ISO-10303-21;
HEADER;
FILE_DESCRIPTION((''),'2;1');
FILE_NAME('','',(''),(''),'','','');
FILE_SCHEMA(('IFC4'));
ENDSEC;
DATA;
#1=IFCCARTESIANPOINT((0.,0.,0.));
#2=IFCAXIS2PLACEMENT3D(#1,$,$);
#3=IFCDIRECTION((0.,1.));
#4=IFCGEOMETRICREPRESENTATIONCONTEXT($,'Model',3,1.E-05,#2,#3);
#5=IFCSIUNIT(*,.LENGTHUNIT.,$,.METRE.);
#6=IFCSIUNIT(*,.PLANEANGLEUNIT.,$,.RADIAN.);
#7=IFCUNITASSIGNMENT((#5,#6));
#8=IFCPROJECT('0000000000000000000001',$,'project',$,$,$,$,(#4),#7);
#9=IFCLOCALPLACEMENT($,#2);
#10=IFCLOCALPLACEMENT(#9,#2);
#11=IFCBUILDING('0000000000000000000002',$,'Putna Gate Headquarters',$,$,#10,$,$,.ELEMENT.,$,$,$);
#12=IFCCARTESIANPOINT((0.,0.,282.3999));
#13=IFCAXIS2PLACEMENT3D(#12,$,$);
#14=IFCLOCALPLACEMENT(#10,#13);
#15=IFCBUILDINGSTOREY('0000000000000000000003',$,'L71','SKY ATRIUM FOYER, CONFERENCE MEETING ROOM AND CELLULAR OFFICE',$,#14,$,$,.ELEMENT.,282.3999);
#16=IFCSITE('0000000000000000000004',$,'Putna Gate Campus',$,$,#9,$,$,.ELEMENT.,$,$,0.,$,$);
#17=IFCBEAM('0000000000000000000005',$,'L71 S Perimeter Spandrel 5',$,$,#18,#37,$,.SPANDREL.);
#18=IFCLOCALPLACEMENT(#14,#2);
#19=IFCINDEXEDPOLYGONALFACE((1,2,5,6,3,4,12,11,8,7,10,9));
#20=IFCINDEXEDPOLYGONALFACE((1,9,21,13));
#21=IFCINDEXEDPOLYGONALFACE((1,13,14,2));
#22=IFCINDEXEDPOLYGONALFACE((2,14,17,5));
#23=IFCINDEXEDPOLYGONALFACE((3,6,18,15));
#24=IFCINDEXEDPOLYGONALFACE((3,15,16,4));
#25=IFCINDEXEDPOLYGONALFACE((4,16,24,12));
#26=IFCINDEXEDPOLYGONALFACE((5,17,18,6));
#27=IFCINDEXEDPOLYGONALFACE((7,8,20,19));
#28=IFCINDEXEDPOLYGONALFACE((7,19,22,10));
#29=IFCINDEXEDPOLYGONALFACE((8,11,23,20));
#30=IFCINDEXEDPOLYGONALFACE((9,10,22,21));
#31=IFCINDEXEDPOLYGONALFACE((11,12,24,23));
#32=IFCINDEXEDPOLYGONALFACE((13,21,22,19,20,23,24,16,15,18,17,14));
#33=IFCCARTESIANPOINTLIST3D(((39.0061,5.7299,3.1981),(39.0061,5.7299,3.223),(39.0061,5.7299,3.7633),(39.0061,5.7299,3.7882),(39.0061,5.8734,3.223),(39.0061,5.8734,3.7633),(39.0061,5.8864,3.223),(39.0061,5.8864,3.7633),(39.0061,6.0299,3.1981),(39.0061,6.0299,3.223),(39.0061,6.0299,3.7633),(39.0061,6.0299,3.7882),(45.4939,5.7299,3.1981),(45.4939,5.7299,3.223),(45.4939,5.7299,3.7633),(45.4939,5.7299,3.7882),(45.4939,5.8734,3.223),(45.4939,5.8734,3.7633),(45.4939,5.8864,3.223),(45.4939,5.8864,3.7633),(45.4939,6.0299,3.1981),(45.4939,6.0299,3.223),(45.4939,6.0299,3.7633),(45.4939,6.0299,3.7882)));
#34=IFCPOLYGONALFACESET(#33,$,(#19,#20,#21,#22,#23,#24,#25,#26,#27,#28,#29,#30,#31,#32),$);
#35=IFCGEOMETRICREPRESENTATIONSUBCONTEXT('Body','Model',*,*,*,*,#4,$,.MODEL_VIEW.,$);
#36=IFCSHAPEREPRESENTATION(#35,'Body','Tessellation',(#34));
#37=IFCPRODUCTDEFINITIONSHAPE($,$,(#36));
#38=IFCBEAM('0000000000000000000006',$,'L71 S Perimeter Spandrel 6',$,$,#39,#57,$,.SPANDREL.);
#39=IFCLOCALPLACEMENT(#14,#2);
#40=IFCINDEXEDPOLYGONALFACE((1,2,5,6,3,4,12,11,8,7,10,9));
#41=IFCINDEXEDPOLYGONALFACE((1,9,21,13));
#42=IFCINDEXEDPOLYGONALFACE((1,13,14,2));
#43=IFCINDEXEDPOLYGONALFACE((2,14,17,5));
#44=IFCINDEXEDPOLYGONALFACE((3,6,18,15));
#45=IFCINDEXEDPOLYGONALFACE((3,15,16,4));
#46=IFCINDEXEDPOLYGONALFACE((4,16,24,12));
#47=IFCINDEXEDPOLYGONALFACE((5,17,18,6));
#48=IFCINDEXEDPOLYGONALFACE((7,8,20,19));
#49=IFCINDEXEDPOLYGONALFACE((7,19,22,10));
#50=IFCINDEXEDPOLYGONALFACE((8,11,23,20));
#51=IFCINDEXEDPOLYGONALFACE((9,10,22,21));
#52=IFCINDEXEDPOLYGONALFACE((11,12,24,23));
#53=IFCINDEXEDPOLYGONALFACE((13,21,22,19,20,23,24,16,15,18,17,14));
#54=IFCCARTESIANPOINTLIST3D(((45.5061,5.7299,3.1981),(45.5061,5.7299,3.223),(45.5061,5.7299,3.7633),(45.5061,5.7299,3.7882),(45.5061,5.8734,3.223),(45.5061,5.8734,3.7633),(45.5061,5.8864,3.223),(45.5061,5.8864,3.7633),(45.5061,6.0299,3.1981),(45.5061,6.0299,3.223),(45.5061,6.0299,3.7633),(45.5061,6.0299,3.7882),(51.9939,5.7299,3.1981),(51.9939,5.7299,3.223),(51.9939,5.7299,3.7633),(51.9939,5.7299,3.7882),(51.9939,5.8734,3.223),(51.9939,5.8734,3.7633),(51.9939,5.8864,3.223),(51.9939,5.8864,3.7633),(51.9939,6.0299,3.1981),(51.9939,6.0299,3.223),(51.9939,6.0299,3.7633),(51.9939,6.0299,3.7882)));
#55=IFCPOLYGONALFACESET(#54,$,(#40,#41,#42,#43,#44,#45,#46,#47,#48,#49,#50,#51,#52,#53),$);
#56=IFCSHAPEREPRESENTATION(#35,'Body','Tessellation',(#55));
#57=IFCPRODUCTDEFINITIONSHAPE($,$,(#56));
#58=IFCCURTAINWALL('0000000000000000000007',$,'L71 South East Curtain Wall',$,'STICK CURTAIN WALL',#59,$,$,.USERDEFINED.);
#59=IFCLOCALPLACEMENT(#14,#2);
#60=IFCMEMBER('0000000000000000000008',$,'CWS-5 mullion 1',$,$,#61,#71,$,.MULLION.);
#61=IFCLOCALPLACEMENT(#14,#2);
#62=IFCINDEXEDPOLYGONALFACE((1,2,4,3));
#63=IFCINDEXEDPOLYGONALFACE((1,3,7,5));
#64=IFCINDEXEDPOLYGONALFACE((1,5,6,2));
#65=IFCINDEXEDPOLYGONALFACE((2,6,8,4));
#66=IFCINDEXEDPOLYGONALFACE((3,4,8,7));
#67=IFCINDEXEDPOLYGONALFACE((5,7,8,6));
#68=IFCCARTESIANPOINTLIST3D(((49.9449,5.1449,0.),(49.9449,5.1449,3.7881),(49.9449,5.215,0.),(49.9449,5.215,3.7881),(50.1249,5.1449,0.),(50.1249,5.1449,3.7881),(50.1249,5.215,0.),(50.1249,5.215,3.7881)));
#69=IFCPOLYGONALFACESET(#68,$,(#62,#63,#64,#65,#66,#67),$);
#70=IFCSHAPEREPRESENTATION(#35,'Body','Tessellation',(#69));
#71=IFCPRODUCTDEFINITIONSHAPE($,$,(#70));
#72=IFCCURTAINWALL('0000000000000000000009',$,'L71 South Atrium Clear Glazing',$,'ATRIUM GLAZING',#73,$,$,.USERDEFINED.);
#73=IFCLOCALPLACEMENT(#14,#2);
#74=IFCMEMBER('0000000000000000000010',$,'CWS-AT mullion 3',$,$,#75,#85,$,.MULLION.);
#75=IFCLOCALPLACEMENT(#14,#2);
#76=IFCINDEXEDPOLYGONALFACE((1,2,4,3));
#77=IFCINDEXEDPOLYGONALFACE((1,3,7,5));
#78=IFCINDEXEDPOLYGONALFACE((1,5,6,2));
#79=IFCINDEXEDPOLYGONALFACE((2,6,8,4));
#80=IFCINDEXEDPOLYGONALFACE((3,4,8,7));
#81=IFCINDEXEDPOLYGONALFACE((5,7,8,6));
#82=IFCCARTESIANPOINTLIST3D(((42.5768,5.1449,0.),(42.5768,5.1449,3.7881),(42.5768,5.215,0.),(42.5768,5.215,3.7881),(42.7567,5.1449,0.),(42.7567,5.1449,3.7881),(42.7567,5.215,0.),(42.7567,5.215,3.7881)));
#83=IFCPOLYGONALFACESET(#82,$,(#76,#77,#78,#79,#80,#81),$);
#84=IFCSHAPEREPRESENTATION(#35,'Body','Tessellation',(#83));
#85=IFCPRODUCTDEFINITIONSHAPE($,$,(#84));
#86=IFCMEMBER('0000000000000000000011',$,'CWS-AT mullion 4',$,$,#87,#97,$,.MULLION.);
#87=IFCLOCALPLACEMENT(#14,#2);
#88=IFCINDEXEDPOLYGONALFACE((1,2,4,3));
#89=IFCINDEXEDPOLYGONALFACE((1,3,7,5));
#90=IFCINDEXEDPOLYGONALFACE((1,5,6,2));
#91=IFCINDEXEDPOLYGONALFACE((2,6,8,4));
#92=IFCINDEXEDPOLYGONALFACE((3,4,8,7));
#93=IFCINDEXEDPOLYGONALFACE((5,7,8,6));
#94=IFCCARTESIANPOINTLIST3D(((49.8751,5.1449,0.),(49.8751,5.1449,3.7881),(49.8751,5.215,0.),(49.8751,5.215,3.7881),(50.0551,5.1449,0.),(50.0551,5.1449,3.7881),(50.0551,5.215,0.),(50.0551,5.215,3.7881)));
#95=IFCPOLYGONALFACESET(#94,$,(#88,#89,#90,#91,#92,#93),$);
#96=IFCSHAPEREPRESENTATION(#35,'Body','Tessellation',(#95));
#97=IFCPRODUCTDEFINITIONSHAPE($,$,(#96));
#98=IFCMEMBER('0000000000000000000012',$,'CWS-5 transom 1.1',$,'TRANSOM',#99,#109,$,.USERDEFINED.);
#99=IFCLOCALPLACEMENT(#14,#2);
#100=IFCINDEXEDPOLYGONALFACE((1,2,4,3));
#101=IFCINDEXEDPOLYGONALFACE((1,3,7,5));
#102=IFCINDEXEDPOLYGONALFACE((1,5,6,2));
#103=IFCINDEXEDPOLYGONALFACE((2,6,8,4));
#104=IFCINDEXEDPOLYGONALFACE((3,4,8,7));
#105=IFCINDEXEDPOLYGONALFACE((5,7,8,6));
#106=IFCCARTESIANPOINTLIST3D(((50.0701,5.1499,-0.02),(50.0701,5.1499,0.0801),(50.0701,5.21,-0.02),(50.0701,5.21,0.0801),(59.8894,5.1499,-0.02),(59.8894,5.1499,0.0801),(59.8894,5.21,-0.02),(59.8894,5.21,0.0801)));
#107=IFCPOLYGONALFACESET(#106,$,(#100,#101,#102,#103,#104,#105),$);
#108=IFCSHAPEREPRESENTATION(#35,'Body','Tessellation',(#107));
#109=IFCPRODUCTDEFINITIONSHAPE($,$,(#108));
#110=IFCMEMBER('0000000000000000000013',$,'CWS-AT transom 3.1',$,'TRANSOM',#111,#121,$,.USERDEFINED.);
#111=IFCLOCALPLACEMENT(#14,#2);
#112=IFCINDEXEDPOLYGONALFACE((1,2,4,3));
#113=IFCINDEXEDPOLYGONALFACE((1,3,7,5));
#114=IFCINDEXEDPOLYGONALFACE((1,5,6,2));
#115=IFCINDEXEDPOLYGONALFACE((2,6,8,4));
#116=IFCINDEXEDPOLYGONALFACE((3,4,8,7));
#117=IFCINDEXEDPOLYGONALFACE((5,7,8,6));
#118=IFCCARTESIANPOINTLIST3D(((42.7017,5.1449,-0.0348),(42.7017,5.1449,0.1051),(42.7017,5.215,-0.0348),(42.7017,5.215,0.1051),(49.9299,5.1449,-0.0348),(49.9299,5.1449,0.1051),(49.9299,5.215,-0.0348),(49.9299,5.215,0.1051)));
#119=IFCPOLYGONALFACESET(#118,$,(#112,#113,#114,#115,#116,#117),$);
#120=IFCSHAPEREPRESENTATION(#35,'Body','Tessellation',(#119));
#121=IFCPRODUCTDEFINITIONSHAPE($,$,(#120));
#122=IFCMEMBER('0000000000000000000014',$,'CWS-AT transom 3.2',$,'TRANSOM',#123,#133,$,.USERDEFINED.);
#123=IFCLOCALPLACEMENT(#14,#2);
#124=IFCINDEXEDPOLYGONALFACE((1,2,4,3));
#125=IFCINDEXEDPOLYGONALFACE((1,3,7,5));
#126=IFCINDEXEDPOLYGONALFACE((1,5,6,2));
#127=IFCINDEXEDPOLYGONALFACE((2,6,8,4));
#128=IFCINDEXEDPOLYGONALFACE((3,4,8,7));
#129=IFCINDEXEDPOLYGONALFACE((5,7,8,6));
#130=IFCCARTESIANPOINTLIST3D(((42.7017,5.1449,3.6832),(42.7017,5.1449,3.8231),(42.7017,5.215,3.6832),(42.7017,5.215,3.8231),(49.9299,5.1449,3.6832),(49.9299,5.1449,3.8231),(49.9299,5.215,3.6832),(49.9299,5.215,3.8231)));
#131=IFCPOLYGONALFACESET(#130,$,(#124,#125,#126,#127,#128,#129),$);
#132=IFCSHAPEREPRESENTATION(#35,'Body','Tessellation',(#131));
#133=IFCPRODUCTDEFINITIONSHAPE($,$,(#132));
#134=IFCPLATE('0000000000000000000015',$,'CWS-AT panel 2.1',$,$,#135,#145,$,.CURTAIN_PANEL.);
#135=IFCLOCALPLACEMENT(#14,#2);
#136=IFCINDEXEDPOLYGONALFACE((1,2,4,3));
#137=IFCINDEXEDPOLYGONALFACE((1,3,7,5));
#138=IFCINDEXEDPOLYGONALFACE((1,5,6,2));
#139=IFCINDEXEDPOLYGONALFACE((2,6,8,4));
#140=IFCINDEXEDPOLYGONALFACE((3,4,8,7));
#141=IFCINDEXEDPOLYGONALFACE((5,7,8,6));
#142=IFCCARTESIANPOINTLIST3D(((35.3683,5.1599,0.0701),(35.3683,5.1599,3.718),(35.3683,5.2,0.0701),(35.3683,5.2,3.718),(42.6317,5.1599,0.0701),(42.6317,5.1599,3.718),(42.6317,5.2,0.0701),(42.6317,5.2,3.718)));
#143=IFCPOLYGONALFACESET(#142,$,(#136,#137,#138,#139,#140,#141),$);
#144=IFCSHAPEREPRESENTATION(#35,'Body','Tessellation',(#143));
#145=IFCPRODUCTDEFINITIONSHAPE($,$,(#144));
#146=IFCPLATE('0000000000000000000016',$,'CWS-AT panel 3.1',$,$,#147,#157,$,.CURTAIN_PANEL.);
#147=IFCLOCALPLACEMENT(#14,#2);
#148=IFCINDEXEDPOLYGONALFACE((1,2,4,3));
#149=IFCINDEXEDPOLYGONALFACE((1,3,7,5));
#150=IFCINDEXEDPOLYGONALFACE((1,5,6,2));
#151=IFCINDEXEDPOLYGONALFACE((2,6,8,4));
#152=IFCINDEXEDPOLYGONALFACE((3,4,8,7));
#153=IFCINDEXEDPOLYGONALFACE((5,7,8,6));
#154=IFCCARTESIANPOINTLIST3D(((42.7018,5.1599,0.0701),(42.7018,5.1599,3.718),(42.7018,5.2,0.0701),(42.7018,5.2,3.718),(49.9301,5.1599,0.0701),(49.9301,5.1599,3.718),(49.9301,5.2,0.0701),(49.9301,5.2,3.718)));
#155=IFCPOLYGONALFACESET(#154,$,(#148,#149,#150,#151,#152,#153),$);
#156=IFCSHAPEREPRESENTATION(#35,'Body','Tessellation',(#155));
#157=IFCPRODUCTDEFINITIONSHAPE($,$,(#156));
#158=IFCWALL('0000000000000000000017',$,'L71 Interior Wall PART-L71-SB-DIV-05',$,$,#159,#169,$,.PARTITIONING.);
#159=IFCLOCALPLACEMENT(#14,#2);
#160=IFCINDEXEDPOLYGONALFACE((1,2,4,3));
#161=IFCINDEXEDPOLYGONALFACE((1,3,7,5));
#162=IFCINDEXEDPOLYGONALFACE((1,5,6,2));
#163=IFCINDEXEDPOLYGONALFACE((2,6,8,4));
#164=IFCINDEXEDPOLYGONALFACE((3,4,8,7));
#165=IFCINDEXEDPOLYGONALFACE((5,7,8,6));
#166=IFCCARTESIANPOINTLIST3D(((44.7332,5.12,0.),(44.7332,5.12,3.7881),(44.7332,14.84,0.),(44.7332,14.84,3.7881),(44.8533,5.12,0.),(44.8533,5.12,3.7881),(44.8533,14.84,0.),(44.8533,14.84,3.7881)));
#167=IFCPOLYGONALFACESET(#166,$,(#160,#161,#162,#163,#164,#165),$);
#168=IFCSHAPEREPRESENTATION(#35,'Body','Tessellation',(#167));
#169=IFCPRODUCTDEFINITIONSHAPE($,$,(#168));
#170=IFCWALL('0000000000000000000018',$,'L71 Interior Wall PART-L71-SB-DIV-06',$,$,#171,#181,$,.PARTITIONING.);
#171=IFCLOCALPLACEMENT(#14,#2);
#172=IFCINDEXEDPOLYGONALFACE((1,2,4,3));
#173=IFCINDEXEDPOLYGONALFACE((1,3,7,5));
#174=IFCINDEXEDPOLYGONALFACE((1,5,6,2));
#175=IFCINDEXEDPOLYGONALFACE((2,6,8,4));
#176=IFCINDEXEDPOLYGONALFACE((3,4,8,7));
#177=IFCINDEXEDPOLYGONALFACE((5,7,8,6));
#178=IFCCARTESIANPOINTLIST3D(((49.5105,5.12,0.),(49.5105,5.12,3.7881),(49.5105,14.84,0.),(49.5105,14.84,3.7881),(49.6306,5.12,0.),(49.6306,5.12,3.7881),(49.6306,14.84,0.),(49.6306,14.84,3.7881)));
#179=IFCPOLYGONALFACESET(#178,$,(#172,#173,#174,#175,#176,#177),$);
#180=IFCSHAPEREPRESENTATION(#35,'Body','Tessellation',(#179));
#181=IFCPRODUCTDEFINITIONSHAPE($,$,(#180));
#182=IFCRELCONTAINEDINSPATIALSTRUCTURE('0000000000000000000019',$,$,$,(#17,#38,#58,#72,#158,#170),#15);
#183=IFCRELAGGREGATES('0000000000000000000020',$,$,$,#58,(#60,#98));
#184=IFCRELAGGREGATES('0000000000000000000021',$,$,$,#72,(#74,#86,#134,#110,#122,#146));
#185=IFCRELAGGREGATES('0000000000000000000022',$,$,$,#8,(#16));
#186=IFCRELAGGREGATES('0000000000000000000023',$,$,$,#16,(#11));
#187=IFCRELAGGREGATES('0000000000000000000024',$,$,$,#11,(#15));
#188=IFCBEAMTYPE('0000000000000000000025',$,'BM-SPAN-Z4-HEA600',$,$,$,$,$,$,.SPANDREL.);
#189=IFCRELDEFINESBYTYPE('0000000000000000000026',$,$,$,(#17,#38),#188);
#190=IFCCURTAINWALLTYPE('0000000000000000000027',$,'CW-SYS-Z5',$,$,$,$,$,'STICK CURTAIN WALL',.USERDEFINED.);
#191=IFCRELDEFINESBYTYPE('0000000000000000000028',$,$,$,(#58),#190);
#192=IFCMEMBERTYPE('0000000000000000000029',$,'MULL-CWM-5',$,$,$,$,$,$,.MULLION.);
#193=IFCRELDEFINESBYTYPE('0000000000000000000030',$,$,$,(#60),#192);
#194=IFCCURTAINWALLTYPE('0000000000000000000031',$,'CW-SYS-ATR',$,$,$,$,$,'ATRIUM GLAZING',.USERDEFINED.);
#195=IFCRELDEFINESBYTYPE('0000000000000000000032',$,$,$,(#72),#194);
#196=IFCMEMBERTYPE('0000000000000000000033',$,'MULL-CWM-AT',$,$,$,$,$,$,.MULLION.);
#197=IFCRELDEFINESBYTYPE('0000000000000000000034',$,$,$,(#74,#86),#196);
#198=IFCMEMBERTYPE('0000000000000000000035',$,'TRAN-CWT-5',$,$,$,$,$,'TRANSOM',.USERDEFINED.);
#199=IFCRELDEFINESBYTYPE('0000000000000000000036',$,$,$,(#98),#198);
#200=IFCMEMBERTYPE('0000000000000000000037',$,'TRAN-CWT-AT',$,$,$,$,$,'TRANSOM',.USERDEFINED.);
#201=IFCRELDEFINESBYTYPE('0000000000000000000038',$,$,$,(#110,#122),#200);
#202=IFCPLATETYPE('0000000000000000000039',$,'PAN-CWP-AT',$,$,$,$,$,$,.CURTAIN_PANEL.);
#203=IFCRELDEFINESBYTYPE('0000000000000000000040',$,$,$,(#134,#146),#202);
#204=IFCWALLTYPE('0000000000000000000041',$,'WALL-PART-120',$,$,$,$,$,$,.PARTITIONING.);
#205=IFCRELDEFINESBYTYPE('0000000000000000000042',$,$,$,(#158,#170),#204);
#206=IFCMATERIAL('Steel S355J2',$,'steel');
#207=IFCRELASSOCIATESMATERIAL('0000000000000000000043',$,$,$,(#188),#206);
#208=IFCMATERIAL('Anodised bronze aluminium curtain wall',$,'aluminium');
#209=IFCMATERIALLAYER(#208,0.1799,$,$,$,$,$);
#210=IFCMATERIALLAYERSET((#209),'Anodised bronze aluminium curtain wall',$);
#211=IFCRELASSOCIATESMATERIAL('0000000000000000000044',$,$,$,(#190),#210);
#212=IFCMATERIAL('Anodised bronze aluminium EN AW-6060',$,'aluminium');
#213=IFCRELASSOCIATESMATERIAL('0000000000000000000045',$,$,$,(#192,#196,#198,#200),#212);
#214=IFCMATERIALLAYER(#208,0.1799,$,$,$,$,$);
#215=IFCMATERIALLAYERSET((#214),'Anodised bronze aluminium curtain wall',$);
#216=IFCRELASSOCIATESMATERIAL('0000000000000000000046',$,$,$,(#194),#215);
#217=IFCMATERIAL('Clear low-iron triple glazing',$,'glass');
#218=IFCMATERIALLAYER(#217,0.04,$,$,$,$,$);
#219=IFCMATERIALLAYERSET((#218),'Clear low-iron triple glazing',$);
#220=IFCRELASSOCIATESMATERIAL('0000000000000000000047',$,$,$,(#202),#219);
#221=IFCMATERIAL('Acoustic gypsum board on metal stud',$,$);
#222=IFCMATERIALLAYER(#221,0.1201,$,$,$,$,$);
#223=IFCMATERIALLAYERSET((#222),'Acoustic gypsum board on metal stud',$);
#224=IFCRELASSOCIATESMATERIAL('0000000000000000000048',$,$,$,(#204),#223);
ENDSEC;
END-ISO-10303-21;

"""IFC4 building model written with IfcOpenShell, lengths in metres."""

from ifc_helpers import new_model, si_unit, direction, frame, frame_2d, origin, origin_2d, place, context, subcontext, project, spatial, rectangle, i_section, extrude, material, layer, layer_set, material_profile, profile_set, type_object, element, aggregate, save


model = new_model("IFC4")

# Units and contexts
model_context = context("Model", 3, precision=1e-05, world=origin(), true_north=direction((0.0, 1.0)))
body_context = subcontext(model_context, "Body", "Model", "MODEL_VIEW")
ifc_project = project(units=[si_unit("LENGTHUNIT", "METRE"), si_unit("PLANEANGLEUNIT", "RADIAN")], contexts=[model_context])

# Site, building, storey
site_placement = place(None, origin())
site = spatial("IfcSite", under=ifc_project, at=site_placement, Name="Putna Gate Campus", CompositionType="ELEMENT", RefElevation=0.0)
building_placement = place(site_placement, origin())
building = spatial("IfcBuilding", under=site, at=building_placement, Name="Putna Gate Headquarters", CompositionType="ELEMENT")
storey_placement = place(building_placement, frame((0.0, 0.0, 282.3999)))
storey = spatial("IfcBuildingStorey", under=building, at=storey_placement, Name="L71", Description="SKY ATRIUM FOYER, CONFERENCE MEETING ROOM AND CELLULAR OFFICE", CompositionType="ELEMENT", Elevation=282.3999)

# Beams
ifc_material_1 = material(Name="Steel S355J2", Category="steel")
ifc_material_profile_1 = material_profile(ifc_material_1, i_section(OverallWidth=0.3, OverallDepth=0.5901, WebThickness=0.0129, FlangeThickness=0.0249, at=origin_2d()), Name="Steel S355J2")
ifc_profile_set_1 = profile_set([ifc_material_profile_1], Name="Steel S355J2")
beam_type_1 = type_object("IfcBeamType", Name="BM-SPAN-Z4-HEA600", PredefinedType="SPANDREL", material=ifc_profile_set_1)
for number, where, z_axis, x_axis, name in (
    (1, (39.0061, 5.8799, 3.4932), (1.0, 0.0, 0.0), (0.0, 1.0, 0.0), "L71 S Perimeter Spandrel 5"),
    (2, (45.5061, 5.8799, 3.4932), (1.0, 0.0, 0.0), (0.0, 1.0, 0.0), "L71 S Perimeter Spandrel 6"),
):
    element("IfcBeam", number, at=place(storey_placement, frame(where, z_axis=z_axis, x_axis=x_axis)), inside=storey, type_object=beam_type_1, Name=name, PredefinedType="SPANDREL", context=body_context, shape_type="SweptSolid", body=[
        extrude(i_section(OverallWidth=0.3, OverallDepth=0.5901, WebThickness=0.0129, FlangeThickness=0.0249, at=origin_2d()), origin(), (0.0, 0.0, 1.0), 6.4878),
    ])

# Curtain wall, member
ifc_material_2 = material(Name="Anodised bronze aluminium curtain wall", Category="aluminium")
ifc_layer_1 = layer(ifc_material_2, 0.1799)
ifc_layer_set_1 = layer_set([ifc_layer_1], Name="Anodised bronze aluminium curtain wall")
curtain_wall_type_1 = type_object("IfcCurtainWallType", Name="CW-SYS-Z5", ElementType="STICK CURTAIN WALL", PredefinedType="USERDEFINED", material=ifc_layer_set_1)
curtain_wall_1_placement = place(storey_placement, origin())
curtain_wall_1 = element("IfcCurtainWall", 3, at=curtain_wall_1_placement, inside=storey, type_object=curtain_wall_type_1, Name="L71 South East Curtain Wall", ObjectType="STICK CURTAIN WALL", PredefinedType="USERDEFINED")
ifc_material_3 = material(Name="Anodised bronze aluminium EN AW-6060", Category="aluminium")
ifc_material_profile_2 = material_profile(ifc_material_3, rectangle(XDim=0.0701, YDim=0.1799, at=origin_2d()), Name="Anodised bronze aluminium EN AW-6060")
ifc_profile_set_2 = profile_set([ifc_material_profile_2], Name="Anodised bronze aluminium EN AW-6060")
member_type_1 = type_object("IfcMemberType", Name="MULL-CWM-5", PredefinedType="MULLION", material=ifc_profile_set_2)
member_1_placement = place(storey_placement, frame((50.0349, 5.1799, 0.0), z_axis=(0.0, 0.0, 1.0), x_axis=(0.0, 1.0, 0.0)))
member_1 = element("IfcMember", 4, at=member_1_placement, type_object=member_type_1, Name="CWS-5 mullion 1", PredefinedType="MULLION", context=body_context, shape_type="SweptSolid", body=[
    extrude(rectangle(XDim=0.0701, YDim=0.1799, at=origin_2d()), origin(), (0.0, 0.0, 1.0), 3.7881),
])

# Curtain wall, members
ifc_layer_2 = layer(ifc_material_2, 0.1799)
ifc_layer_set_2 = layer_set([ifc_layer_2], Name="Anodised bronze aluminium curtain wall")
curtain_wall_type_2 = type_object("IfcCurtainWallType", Name="CW-SYS-ATR", ElementType="ATRIUM GLAZING", PredefinedType="USERDEFINED", material=ifc_layer_set_2)
curtain_wall_2_placement = place(storey_placement, origin())
curtain_wall_2 = element("IfcCurtainWall", 5, at=curtain_wall_2_placement, inside=storey, type_object=curtain_wall_type_2, Name="L71 South Atrium Clear Glazing", ObjectType="ATRIUM GLAZING", PredefinedType="USERDEFINED")
ifc_material_profile_3 = material_profile(ifc_material_3, rectangle(XDim=0.0701, YDim=0.1799, at=origin_2d()), Name="Anodised bronze aluminium EN AW-6060")
ifc_profile_set_3 = profile_set([ifc_material_profile_3], Name="Anodised bronze aluminium EN AW-6060")
member_type_2 = type_object("IfcMemberType", Name="MULL-CWM-AT", PredefinedType="MULLION", material=ifc_profile_set_3)
member_2_placement = place(storey_placement, frame((42.6667, 5.1799, 0.0), z_axis=(0.0, 0.0, 1.0), x_axis=(0.0, 1.0, 0.0)))
member_2 = element("IfcMember", 6, at=member_2_placement, type_object=member_type_2, Name="CWS-AT mullion 3", PredefinedType="MULLION", context=body_context, shape_type="SweptSolid", body=[
    extrude(rectangle(XDim=0.0701, YDim=0.1799, at=origin_2d()), origin(), (0.0, 0.0, 1.0), 3.7881),
])
member_3_placement = place(storey_placement, frame((49.9651, 5.1799, 0.0), z_axis=(0.0, 0.0, 1.0), x_axis=(0.0, 1.0, 0.0)))
member_3 = element("IfcMember", 7, at=member_3_placement, type_object=member_type_2, Name="CWS-AT mullion 4", PredefinedType="MULLION", context=body_context, shape_type="SweptSolid", body=[
    extrude(rectangle(XDim=0.0701, YDim=0.1799, at=origin_2d()), origin(), (0.0, 0.0, 1.0), 3.7881),
])

# Members
ifc_material_profile_4 = material_profile(ifc_material_3, rectangle(XDim=0.0601, YDim=0.1001, at=origin_2d()), Name="Anodised bronze aluminium EN AW-6060")
ifc_profile_set_4 = profile_set([ifc_material_profile_4], Name="Anodised bronze aluminium EN AW-6060")
member_type_3 = type_object("IfcMemberType", Name="TRAN-CWT-5", ElementType="TRANSOM", PredefinedType="USERDEFINED", material=ifc_profile_set_4)
member_4_placement = place(storey_placement, frame((50.0701, 5.1799, 0.03), z_axis=(1.0, 0.0, 0.0), x_axis=(0.0, 1.0, 0.0)))
member_4 = element("IfcMember", 8, at=member_4_placement, type_object=member_type_3, Name="CWS-5 transom 1.1", ObjectType="TRANSOM", PredefinedType="USERDEFINED", context=body_context, shape_type="SweptSolid", body=[
    extrude(rectangle(XDim=0.0601, YDim=0.1001, at=origin_2d()), origin(), (0.0, 0.0, 1.0), 9.8193),
])
aggregate(curtain_wall_1, [member_1, member_4])
ifc_material_profile_5 = material_profile(ifc_material_3, rectangle(XDim=0.0701, YDim=0.1399, at=origin_2d()), Name="Anodised bronze aluminium EN AW-6060")
ifc_profile_set_5 = profile_set([ifc_material_profile_5], Name="Anodised bronze aluminium EN AW-6060")
member_type_4 = type_object("IfcMemberType", Name="TRAN-CWT-AT", ElementType="TRANSOM", PredefinedType="USERDEFINED", material=ifc_profile_set_5)
member_5_placement = place(storey_placement, frame((42.7017, 5.1799, 0.0352), z_axis=(1.0, 0.0, 0.0), x_axis=(0.0, 1.0, 0.0)))
member_5 = element("IfcMember", 9, at=member_5_placement, type_object=member_type_4, Name="CWS-AT transom 3.1", ObjectType="TRANSOM", PredefinedType="USERDEFINED", context=body_context, shape_type="SweptSolid", body=[
    extrude(rectangle(XDim=0.0701, YDim=0.1399, at=origin_2d()), origin(), (0.0, 0.0, 1.0), 7.2283),
])
member_6_placement = place(storey_placement, frame((42.7017, 5.1799, 3.7532), z_axis=(1.0, 0.0, 0.0), x_axis=(0.0, 1.0, 0.0)))
member_6 = element("IfcMember", 10, at=member_6_placement, type_object=member_type_4, Name="CWS-AT transom 3.2", ObjectType="TRANSOM", PredefinedType="USERDEFINED", context=body_context, shape_type="SweptSolid", body=[
    extrude(rectangle(XDim=0.0701, YDim=0.1399, at=origin_2d()), origin(), (0.0, 0.0, 1.0), 7.2283),
])

# Plates
ifc_material_4 = material(Name="Clear low-iron triple glazing", Category="glass")
ifc_layer_3 = layer(ifc_material_4, 0.04)
ifc_layer_set_3 = layer_set([ifc_layer_3], Name="Clear low-iron triple glazing")
plate_type = type_object("IfcPlateType", Name="PAN-CWP-AT", PredefinedType="CURTAIN_PANEL", material=ifc_layer_set_3)
plate_1_placement = place(storey_placement, frame((39.0, 5.1799, 0.0701), z_axis=(0.0, 0.0, 1.0), x_axis=(1.0, 0.0, 0.0)))
plate_1 = element("IfcPlate", 11, at=plate_1_placement, type_object=plate_type, Name="CWS-AT panel 2.1", PredefinedType="CURTAIN_PANEL", context=body_context, shape_type="SweptSolid", body=[
    extrude(rectangle(XDim=7.2634, YDim=0.04, at=origin_2d()), origin(), (0.0, 0.0, 1.0), 3.6479),
])
plate_2_placement = place(storey_placement, frame((46.3159, 5.1799, 0.0701), z_axis=(0.0, 0.0, 1.0), x_axis=(1.0, 0.0, 0.0)))
plate_2 = element("IfcPlate", 12, at=plate_2_placement, type_object=plate_type, Name="CWS-AT panel 3.1", PredefinedType="CURTAIN_PANEL", context=body_context, shape_type="SweptSolid", body=[
    extrude(rectangle(XDim=7.2283, YDim=0.04, at=origin_2d()), origin(), (0.0, 0.0, 1.0), 3.6479),
])
aggregate(curtain_wall_2, [member_2, member_3, plate_1, member_5, member_6, plate_2])

# Walls
ifc_material_5 = material(Name="Acoustic gypsum board on metal stud")
ifc_layer_4 = layer(ifc_material_5, 0.1201)
ifc_layer_set_4 = layer_set([ifc_layer_4], Name="Acoustic gypsum board on metal stud")
wall_type_1 = type_object("IfcWallType", Name="WALL-PART-120", PredefinedType="PARTITIONING", material=ifc_layer_set_4)
for number, where, z_axis, x_axis, name in (
    (13, (44.7932, 5.1201, 0.0), (0.0, 0.0, 1.0), (0.0, 1.0, 0.0), "L71 Interior Wall PART-L71-SB-DIV-05"),
    (14, (49.5706, 5.1201, 0.0), (0.0, 0.0, 1.0), (0.0, 1.0, 0.0), "L71 Interior Wall PART-L71-SB-DIV-06"),
):
    element("IfcWall", number, at=place(storey_placement, frame(where, z_axis=z_axis, x_axis=x_axis)), inside=storey, type_object=wall_type_1, Name=name, PredefinedType="PARTITIONING", context=body_context, shape_type="SweptSolid", body=[
        extrude(rectangle(XDim=9.72, YDim=0.1201, at=frame_2d((4.8599, 0.0))), origin(), (0.0, 0.0, 1.0), 3.7881),
    ])

save(model, "model.ifc")
